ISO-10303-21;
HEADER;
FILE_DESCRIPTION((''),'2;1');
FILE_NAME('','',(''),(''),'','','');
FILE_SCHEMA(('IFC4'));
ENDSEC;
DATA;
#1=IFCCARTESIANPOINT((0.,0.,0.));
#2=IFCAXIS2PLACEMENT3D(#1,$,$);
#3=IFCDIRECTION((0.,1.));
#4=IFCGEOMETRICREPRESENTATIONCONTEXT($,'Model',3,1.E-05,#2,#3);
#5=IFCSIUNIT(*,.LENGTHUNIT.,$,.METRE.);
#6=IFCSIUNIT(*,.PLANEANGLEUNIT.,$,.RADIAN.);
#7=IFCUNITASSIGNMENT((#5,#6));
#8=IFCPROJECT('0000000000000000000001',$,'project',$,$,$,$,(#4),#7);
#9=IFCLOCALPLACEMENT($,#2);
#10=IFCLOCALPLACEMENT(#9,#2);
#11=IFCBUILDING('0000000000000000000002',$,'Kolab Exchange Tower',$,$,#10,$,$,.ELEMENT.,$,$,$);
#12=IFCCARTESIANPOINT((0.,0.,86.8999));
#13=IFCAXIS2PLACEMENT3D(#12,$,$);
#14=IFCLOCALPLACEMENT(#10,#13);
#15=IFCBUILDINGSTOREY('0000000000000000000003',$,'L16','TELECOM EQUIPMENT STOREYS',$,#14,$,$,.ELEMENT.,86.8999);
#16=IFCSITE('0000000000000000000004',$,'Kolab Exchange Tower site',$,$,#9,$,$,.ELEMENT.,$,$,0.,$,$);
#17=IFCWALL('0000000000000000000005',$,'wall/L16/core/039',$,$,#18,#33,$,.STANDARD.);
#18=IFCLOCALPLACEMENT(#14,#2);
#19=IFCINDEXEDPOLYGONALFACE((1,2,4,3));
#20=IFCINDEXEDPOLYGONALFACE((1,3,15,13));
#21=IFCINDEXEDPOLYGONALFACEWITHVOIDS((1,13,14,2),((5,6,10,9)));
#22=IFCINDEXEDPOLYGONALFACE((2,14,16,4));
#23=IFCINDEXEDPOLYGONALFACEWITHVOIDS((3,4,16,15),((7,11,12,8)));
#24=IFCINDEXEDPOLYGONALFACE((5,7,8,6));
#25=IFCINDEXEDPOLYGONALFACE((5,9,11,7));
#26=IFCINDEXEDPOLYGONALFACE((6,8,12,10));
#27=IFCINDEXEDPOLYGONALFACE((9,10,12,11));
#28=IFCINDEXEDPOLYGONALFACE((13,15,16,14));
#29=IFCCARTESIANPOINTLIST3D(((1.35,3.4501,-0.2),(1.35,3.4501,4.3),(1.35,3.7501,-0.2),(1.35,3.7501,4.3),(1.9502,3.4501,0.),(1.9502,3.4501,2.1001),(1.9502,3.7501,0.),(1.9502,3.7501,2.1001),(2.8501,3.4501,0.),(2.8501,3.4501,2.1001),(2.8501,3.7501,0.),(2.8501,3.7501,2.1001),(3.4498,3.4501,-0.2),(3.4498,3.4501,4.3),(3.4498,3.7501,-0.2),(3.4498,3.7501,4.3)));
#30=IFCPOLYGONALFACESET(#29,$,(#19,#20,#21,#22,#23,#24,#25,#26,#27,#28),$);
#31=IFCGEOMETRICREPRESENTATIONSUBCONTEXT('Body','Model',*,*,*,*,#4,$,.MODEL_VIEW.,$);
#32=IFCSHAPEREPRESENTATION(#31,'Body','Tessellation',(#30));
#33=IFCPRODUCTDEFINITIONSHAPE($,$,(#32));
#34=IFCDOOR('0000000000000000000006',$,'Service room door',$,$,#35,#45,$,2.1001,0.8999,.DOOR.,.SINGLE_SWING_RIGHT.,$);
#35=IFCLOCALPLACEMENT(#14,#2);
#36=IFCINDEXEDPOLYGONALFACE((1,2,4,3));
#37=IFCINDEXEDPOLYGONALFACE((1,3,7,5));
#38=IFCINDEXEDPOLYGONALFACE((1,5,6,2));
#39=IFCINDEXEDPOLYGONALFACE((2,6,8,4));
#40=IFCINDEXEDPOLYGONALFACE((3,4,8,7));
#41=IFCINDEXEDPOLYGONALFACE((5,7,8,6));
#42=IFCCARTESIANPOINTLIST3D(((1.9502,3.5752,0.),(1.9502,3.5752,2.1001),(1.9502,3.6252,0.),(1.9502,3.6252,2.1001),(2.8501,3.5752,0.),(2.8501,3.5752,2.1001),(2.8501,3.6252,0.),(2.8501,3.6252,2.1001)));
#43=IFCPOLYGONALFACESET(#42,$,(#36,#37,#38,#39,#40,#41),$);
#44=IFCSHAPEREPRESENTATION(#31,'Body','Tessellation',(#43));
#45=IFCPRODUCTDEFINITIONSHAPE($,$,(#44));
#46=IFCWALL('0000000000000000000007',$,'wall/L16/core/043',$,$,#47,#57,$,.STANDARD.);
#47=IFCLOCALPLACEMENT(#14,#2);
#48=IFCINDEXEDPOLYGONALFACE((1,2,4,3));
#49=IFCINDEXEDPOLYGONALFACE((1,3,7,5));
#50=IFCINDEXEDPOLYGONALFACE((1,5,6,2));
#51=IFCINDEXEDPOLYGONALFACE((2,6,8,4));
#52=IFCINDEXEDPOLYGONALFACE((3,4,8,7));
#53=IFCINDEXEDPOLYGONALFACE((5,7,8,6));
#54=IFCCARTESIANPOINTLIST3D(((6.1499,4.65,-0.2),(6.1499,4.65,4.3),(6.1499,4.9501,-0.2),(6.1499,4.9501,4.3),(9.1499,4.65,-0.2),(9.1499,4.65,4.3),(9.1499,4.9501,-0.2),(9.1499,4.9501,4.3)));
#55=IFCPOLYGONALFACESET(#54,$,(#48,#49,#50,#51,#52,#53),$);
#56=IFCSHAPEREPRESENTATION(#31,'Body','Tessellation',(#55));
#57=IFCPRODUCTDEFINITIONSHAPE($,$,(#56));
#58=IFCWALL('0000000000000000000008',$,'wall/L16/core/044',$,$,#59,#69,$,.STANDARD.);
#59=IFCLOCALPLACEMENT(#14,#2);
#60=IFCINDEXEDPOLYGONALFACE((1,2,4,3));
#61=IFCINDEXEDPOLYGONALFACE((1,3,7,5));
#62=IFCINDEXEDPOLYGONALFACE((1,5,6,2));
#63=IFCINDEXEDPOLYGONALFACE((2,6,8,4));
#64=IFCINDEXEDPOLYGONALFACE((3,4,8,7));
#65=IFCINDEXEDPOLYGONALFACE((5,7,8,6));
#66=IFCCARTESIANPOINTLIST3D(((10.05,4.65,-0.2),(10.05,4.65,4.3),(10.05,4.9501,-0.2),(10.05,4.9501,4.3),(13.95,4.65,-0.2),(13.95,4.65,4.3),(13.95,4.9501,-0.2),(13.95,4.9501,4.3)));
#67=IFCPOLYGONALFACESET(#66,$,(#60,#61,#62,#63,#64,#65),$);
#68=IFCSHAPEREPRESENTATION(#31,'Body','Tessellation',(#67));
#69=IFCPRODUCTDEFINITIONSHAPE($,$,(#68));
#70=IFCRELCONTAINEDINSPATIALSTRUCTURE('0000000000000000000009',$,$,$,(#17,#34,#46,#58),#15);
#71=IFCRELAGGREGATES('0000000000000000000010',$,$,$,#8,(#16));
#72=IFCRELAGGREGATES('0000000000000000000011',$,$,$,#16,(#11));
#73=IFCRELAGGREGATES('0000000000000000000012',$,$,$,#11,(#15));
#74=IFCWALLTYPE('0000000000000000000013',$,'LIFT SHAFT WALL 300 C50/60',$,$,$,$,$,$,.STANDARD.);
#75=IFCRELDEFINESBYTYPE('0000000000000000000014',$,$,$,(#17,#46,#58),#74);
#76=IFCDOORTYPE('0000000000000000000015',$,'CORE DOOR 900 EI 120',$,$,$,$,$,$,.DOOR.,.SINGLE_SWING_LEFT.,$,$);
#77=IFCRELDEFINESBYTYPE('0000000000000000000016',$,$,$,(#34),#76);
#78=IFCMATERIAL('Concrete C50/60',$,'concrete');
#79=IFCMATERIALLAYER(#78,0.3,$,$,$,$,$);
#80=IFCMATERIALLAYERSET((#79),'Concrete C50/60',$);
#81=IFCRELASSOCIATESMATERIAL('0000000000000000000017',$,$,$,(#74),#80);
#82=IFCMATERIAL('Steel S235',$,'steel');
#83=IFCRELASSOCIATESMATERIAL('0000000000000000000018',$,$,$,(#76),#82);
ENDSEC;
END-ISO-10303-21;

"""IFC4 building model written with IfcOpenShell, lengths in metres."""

from ifc_helpers import new_model, si_unit, direction, frame, frame_2d, origin, place, context, subcontext, project, spatial, rectangle, extrude, material, layer, layer_set, type_object, element, fill, save


model = new_model("IFC4")

# Units and contexts
model_context = context("Model", 3, precision=1e-05, world=origin(), true_north=direction((0.0, 1.0)))
body_context = subcontext(model_context, "Body", "Model", "MODEL_VIEW")
ifc_project = project(units=[si_unit("LENGTHUNIT", "METRE"), si_unit("PLANEANGLEUNIT", "RADIAN")], contexts=[model_context])

# Site, building, storey
site_placement = place(None, origin())
site = spatial("IfcSite", under=ifc_project, at=site_placement, Name="Kolab Exchange Tower site", CompositionType="ELEMENT", RefElevation=0.0)
building_placement = place(site_placement, origin())
building = spatial("IfcBuilding", under=site, at=building_placement, Name="Kolab Exchange Tower", CompositionType="ELEMENT")
storey_placement = place(building_placement, frame((0.0, 0.0, 86.8999)))
storey = spatial("IfcBuildingStorey", under=building, at=storey_placement, Name="L16", Description="TELECOM EQUIPMENT STOREYS", CompositionType="ELEMENT", Elevation=86.8999)

# Shared definitions
ifc_material_1 = material(Name="Concrete C50/60", Category="concrete")

# Shared definitions
ifc_layer_1 = layer(ifc_material_1, 0.3)
ifc_layer_set_1 = layer_set([ifc_layer_1], Name="Concrete C50/60")
wall_type = type_object("IfcWallType", Name="LIFT SHAFT WALL 300 C50/60", PredefinedType="STANDARD", material=ifc_layer_set_1)

# Wall, opening, door
wall_1_placement = place(storey_placement, frame((1.3501, 3.6001, -0.2), z_axis=(0.0, 0.0, 1.0), x_axis=(1.0, 0.0, 0.0)))
wall_1 = element("IfcWall", 1, at=wall_1_placement, inside=storey, type_object=wall_type, Name="wall/L16/core/039", PredefinedType="STANDARD", context=body_context, shape_type="SweptSolid", body=[
    extrude(rectangle(XDim=2.0999, YDim=0.3, at=frame_2d((1.0498, 0.0))), origin(), (0.0, 0.0, 1.0), 4.5),
])
opening_placement = place(wall_1_placement, frame((0.6001, 0.0, 0.2)))
opening = element("IfcOpeningElement", 2, at=opening_placement, cuts=wall_1, PredefinedType="OPENING", context=body_context, shape_type="SweptSolid", body=[
    extrude(rectangle(XDim=0.8999, YDim=2.1001, at=frame_2d((0.45, 1.05))), frame((0.0, 0.1602, 0.0), z_axis=(0.0, -1.0, 0.0), x_axis=(1.0, 0.0, 0.0)), (0.0, 0.0, 1.0), 0.3201),
])
ifc_material_2 = material(Name="Steel S235", Category="steel")
door_type = type_object("IfcDoorType", Name="CORE DOOR 900 EI 120", OperationType="SINGLE_SWING_LEFT", PredefinedType="DOOR", material=ifc_material_2)
door_placement = place(opening_placement, frame((0.8999, 0.0, 0.0), z_axis=(0.0, 0.0, 1.0), x_axis=(-1.0, 0.0, 0.0)))
door = element("IfcDoor", 3, at=door_placement, inside=storey, type_object=door_type, Name="Service room door", OperationType="SINGLE_SWING_RIGHT", OverallHeight=2.1001, OverallWidth=0.8999, PredefinedType="DOOR", context=body_context, shape_type="SweptSolid", body=[
    extrude(rectangle(XDim=0.8999, YDim=2.1001, at=frame_2d((0.45, 1.05))), frame((0.0, 0.0249, 0.0), z_axis=(0.0, -1.0, 0.0), x_axis=(1.0, 0.0, 0.0)), (0.0, 0.0, 1.0), 0.05),
])
fill(opening, door)

# Walls
wall_2_placement = place(storey_placement, frame((6.1499, 4.8, -0.2), z_axis=(0.0, 0.0, 1.0), x_axis=(1.0, 0.0, 0.0)))
element("IfcWall", 4, at=wall_2_placement, inside=storey, type_object=wall_type, Name="wall/L16/core/043", PredefinedType="STANDARD", context=body_context, shape_type="SweptSolid", body=[
    extrude(rectangle(XDim=3.0, YDim=0.3, at=frame_2d((1.5, 0.0))), origin(), (0.0, 0.0, 1.0), 4.5),
])
wall_3_placement = place(storey_placement, frame((10.05, 4.8, -0.2), z_axis=(0.0, 0.0, 1.0), x_axis=(1.0, 0.0, 0.0)))
element("IfcWall", 5, at=wall_3_placement, inside=storey, type_object=wall_type, Name="wall/L16/core/044", PredefinedType="STANDARD", context=body_context, shape_type="SweptSolid", body=[
    extrude(rectangle(XDim=3.8999, YDim=0.3, at=frame_2d((1.95, 0.0))), origin(), (0.0, 0.0, 1.0), 4.5),
])

save(model, "model.ifc")
